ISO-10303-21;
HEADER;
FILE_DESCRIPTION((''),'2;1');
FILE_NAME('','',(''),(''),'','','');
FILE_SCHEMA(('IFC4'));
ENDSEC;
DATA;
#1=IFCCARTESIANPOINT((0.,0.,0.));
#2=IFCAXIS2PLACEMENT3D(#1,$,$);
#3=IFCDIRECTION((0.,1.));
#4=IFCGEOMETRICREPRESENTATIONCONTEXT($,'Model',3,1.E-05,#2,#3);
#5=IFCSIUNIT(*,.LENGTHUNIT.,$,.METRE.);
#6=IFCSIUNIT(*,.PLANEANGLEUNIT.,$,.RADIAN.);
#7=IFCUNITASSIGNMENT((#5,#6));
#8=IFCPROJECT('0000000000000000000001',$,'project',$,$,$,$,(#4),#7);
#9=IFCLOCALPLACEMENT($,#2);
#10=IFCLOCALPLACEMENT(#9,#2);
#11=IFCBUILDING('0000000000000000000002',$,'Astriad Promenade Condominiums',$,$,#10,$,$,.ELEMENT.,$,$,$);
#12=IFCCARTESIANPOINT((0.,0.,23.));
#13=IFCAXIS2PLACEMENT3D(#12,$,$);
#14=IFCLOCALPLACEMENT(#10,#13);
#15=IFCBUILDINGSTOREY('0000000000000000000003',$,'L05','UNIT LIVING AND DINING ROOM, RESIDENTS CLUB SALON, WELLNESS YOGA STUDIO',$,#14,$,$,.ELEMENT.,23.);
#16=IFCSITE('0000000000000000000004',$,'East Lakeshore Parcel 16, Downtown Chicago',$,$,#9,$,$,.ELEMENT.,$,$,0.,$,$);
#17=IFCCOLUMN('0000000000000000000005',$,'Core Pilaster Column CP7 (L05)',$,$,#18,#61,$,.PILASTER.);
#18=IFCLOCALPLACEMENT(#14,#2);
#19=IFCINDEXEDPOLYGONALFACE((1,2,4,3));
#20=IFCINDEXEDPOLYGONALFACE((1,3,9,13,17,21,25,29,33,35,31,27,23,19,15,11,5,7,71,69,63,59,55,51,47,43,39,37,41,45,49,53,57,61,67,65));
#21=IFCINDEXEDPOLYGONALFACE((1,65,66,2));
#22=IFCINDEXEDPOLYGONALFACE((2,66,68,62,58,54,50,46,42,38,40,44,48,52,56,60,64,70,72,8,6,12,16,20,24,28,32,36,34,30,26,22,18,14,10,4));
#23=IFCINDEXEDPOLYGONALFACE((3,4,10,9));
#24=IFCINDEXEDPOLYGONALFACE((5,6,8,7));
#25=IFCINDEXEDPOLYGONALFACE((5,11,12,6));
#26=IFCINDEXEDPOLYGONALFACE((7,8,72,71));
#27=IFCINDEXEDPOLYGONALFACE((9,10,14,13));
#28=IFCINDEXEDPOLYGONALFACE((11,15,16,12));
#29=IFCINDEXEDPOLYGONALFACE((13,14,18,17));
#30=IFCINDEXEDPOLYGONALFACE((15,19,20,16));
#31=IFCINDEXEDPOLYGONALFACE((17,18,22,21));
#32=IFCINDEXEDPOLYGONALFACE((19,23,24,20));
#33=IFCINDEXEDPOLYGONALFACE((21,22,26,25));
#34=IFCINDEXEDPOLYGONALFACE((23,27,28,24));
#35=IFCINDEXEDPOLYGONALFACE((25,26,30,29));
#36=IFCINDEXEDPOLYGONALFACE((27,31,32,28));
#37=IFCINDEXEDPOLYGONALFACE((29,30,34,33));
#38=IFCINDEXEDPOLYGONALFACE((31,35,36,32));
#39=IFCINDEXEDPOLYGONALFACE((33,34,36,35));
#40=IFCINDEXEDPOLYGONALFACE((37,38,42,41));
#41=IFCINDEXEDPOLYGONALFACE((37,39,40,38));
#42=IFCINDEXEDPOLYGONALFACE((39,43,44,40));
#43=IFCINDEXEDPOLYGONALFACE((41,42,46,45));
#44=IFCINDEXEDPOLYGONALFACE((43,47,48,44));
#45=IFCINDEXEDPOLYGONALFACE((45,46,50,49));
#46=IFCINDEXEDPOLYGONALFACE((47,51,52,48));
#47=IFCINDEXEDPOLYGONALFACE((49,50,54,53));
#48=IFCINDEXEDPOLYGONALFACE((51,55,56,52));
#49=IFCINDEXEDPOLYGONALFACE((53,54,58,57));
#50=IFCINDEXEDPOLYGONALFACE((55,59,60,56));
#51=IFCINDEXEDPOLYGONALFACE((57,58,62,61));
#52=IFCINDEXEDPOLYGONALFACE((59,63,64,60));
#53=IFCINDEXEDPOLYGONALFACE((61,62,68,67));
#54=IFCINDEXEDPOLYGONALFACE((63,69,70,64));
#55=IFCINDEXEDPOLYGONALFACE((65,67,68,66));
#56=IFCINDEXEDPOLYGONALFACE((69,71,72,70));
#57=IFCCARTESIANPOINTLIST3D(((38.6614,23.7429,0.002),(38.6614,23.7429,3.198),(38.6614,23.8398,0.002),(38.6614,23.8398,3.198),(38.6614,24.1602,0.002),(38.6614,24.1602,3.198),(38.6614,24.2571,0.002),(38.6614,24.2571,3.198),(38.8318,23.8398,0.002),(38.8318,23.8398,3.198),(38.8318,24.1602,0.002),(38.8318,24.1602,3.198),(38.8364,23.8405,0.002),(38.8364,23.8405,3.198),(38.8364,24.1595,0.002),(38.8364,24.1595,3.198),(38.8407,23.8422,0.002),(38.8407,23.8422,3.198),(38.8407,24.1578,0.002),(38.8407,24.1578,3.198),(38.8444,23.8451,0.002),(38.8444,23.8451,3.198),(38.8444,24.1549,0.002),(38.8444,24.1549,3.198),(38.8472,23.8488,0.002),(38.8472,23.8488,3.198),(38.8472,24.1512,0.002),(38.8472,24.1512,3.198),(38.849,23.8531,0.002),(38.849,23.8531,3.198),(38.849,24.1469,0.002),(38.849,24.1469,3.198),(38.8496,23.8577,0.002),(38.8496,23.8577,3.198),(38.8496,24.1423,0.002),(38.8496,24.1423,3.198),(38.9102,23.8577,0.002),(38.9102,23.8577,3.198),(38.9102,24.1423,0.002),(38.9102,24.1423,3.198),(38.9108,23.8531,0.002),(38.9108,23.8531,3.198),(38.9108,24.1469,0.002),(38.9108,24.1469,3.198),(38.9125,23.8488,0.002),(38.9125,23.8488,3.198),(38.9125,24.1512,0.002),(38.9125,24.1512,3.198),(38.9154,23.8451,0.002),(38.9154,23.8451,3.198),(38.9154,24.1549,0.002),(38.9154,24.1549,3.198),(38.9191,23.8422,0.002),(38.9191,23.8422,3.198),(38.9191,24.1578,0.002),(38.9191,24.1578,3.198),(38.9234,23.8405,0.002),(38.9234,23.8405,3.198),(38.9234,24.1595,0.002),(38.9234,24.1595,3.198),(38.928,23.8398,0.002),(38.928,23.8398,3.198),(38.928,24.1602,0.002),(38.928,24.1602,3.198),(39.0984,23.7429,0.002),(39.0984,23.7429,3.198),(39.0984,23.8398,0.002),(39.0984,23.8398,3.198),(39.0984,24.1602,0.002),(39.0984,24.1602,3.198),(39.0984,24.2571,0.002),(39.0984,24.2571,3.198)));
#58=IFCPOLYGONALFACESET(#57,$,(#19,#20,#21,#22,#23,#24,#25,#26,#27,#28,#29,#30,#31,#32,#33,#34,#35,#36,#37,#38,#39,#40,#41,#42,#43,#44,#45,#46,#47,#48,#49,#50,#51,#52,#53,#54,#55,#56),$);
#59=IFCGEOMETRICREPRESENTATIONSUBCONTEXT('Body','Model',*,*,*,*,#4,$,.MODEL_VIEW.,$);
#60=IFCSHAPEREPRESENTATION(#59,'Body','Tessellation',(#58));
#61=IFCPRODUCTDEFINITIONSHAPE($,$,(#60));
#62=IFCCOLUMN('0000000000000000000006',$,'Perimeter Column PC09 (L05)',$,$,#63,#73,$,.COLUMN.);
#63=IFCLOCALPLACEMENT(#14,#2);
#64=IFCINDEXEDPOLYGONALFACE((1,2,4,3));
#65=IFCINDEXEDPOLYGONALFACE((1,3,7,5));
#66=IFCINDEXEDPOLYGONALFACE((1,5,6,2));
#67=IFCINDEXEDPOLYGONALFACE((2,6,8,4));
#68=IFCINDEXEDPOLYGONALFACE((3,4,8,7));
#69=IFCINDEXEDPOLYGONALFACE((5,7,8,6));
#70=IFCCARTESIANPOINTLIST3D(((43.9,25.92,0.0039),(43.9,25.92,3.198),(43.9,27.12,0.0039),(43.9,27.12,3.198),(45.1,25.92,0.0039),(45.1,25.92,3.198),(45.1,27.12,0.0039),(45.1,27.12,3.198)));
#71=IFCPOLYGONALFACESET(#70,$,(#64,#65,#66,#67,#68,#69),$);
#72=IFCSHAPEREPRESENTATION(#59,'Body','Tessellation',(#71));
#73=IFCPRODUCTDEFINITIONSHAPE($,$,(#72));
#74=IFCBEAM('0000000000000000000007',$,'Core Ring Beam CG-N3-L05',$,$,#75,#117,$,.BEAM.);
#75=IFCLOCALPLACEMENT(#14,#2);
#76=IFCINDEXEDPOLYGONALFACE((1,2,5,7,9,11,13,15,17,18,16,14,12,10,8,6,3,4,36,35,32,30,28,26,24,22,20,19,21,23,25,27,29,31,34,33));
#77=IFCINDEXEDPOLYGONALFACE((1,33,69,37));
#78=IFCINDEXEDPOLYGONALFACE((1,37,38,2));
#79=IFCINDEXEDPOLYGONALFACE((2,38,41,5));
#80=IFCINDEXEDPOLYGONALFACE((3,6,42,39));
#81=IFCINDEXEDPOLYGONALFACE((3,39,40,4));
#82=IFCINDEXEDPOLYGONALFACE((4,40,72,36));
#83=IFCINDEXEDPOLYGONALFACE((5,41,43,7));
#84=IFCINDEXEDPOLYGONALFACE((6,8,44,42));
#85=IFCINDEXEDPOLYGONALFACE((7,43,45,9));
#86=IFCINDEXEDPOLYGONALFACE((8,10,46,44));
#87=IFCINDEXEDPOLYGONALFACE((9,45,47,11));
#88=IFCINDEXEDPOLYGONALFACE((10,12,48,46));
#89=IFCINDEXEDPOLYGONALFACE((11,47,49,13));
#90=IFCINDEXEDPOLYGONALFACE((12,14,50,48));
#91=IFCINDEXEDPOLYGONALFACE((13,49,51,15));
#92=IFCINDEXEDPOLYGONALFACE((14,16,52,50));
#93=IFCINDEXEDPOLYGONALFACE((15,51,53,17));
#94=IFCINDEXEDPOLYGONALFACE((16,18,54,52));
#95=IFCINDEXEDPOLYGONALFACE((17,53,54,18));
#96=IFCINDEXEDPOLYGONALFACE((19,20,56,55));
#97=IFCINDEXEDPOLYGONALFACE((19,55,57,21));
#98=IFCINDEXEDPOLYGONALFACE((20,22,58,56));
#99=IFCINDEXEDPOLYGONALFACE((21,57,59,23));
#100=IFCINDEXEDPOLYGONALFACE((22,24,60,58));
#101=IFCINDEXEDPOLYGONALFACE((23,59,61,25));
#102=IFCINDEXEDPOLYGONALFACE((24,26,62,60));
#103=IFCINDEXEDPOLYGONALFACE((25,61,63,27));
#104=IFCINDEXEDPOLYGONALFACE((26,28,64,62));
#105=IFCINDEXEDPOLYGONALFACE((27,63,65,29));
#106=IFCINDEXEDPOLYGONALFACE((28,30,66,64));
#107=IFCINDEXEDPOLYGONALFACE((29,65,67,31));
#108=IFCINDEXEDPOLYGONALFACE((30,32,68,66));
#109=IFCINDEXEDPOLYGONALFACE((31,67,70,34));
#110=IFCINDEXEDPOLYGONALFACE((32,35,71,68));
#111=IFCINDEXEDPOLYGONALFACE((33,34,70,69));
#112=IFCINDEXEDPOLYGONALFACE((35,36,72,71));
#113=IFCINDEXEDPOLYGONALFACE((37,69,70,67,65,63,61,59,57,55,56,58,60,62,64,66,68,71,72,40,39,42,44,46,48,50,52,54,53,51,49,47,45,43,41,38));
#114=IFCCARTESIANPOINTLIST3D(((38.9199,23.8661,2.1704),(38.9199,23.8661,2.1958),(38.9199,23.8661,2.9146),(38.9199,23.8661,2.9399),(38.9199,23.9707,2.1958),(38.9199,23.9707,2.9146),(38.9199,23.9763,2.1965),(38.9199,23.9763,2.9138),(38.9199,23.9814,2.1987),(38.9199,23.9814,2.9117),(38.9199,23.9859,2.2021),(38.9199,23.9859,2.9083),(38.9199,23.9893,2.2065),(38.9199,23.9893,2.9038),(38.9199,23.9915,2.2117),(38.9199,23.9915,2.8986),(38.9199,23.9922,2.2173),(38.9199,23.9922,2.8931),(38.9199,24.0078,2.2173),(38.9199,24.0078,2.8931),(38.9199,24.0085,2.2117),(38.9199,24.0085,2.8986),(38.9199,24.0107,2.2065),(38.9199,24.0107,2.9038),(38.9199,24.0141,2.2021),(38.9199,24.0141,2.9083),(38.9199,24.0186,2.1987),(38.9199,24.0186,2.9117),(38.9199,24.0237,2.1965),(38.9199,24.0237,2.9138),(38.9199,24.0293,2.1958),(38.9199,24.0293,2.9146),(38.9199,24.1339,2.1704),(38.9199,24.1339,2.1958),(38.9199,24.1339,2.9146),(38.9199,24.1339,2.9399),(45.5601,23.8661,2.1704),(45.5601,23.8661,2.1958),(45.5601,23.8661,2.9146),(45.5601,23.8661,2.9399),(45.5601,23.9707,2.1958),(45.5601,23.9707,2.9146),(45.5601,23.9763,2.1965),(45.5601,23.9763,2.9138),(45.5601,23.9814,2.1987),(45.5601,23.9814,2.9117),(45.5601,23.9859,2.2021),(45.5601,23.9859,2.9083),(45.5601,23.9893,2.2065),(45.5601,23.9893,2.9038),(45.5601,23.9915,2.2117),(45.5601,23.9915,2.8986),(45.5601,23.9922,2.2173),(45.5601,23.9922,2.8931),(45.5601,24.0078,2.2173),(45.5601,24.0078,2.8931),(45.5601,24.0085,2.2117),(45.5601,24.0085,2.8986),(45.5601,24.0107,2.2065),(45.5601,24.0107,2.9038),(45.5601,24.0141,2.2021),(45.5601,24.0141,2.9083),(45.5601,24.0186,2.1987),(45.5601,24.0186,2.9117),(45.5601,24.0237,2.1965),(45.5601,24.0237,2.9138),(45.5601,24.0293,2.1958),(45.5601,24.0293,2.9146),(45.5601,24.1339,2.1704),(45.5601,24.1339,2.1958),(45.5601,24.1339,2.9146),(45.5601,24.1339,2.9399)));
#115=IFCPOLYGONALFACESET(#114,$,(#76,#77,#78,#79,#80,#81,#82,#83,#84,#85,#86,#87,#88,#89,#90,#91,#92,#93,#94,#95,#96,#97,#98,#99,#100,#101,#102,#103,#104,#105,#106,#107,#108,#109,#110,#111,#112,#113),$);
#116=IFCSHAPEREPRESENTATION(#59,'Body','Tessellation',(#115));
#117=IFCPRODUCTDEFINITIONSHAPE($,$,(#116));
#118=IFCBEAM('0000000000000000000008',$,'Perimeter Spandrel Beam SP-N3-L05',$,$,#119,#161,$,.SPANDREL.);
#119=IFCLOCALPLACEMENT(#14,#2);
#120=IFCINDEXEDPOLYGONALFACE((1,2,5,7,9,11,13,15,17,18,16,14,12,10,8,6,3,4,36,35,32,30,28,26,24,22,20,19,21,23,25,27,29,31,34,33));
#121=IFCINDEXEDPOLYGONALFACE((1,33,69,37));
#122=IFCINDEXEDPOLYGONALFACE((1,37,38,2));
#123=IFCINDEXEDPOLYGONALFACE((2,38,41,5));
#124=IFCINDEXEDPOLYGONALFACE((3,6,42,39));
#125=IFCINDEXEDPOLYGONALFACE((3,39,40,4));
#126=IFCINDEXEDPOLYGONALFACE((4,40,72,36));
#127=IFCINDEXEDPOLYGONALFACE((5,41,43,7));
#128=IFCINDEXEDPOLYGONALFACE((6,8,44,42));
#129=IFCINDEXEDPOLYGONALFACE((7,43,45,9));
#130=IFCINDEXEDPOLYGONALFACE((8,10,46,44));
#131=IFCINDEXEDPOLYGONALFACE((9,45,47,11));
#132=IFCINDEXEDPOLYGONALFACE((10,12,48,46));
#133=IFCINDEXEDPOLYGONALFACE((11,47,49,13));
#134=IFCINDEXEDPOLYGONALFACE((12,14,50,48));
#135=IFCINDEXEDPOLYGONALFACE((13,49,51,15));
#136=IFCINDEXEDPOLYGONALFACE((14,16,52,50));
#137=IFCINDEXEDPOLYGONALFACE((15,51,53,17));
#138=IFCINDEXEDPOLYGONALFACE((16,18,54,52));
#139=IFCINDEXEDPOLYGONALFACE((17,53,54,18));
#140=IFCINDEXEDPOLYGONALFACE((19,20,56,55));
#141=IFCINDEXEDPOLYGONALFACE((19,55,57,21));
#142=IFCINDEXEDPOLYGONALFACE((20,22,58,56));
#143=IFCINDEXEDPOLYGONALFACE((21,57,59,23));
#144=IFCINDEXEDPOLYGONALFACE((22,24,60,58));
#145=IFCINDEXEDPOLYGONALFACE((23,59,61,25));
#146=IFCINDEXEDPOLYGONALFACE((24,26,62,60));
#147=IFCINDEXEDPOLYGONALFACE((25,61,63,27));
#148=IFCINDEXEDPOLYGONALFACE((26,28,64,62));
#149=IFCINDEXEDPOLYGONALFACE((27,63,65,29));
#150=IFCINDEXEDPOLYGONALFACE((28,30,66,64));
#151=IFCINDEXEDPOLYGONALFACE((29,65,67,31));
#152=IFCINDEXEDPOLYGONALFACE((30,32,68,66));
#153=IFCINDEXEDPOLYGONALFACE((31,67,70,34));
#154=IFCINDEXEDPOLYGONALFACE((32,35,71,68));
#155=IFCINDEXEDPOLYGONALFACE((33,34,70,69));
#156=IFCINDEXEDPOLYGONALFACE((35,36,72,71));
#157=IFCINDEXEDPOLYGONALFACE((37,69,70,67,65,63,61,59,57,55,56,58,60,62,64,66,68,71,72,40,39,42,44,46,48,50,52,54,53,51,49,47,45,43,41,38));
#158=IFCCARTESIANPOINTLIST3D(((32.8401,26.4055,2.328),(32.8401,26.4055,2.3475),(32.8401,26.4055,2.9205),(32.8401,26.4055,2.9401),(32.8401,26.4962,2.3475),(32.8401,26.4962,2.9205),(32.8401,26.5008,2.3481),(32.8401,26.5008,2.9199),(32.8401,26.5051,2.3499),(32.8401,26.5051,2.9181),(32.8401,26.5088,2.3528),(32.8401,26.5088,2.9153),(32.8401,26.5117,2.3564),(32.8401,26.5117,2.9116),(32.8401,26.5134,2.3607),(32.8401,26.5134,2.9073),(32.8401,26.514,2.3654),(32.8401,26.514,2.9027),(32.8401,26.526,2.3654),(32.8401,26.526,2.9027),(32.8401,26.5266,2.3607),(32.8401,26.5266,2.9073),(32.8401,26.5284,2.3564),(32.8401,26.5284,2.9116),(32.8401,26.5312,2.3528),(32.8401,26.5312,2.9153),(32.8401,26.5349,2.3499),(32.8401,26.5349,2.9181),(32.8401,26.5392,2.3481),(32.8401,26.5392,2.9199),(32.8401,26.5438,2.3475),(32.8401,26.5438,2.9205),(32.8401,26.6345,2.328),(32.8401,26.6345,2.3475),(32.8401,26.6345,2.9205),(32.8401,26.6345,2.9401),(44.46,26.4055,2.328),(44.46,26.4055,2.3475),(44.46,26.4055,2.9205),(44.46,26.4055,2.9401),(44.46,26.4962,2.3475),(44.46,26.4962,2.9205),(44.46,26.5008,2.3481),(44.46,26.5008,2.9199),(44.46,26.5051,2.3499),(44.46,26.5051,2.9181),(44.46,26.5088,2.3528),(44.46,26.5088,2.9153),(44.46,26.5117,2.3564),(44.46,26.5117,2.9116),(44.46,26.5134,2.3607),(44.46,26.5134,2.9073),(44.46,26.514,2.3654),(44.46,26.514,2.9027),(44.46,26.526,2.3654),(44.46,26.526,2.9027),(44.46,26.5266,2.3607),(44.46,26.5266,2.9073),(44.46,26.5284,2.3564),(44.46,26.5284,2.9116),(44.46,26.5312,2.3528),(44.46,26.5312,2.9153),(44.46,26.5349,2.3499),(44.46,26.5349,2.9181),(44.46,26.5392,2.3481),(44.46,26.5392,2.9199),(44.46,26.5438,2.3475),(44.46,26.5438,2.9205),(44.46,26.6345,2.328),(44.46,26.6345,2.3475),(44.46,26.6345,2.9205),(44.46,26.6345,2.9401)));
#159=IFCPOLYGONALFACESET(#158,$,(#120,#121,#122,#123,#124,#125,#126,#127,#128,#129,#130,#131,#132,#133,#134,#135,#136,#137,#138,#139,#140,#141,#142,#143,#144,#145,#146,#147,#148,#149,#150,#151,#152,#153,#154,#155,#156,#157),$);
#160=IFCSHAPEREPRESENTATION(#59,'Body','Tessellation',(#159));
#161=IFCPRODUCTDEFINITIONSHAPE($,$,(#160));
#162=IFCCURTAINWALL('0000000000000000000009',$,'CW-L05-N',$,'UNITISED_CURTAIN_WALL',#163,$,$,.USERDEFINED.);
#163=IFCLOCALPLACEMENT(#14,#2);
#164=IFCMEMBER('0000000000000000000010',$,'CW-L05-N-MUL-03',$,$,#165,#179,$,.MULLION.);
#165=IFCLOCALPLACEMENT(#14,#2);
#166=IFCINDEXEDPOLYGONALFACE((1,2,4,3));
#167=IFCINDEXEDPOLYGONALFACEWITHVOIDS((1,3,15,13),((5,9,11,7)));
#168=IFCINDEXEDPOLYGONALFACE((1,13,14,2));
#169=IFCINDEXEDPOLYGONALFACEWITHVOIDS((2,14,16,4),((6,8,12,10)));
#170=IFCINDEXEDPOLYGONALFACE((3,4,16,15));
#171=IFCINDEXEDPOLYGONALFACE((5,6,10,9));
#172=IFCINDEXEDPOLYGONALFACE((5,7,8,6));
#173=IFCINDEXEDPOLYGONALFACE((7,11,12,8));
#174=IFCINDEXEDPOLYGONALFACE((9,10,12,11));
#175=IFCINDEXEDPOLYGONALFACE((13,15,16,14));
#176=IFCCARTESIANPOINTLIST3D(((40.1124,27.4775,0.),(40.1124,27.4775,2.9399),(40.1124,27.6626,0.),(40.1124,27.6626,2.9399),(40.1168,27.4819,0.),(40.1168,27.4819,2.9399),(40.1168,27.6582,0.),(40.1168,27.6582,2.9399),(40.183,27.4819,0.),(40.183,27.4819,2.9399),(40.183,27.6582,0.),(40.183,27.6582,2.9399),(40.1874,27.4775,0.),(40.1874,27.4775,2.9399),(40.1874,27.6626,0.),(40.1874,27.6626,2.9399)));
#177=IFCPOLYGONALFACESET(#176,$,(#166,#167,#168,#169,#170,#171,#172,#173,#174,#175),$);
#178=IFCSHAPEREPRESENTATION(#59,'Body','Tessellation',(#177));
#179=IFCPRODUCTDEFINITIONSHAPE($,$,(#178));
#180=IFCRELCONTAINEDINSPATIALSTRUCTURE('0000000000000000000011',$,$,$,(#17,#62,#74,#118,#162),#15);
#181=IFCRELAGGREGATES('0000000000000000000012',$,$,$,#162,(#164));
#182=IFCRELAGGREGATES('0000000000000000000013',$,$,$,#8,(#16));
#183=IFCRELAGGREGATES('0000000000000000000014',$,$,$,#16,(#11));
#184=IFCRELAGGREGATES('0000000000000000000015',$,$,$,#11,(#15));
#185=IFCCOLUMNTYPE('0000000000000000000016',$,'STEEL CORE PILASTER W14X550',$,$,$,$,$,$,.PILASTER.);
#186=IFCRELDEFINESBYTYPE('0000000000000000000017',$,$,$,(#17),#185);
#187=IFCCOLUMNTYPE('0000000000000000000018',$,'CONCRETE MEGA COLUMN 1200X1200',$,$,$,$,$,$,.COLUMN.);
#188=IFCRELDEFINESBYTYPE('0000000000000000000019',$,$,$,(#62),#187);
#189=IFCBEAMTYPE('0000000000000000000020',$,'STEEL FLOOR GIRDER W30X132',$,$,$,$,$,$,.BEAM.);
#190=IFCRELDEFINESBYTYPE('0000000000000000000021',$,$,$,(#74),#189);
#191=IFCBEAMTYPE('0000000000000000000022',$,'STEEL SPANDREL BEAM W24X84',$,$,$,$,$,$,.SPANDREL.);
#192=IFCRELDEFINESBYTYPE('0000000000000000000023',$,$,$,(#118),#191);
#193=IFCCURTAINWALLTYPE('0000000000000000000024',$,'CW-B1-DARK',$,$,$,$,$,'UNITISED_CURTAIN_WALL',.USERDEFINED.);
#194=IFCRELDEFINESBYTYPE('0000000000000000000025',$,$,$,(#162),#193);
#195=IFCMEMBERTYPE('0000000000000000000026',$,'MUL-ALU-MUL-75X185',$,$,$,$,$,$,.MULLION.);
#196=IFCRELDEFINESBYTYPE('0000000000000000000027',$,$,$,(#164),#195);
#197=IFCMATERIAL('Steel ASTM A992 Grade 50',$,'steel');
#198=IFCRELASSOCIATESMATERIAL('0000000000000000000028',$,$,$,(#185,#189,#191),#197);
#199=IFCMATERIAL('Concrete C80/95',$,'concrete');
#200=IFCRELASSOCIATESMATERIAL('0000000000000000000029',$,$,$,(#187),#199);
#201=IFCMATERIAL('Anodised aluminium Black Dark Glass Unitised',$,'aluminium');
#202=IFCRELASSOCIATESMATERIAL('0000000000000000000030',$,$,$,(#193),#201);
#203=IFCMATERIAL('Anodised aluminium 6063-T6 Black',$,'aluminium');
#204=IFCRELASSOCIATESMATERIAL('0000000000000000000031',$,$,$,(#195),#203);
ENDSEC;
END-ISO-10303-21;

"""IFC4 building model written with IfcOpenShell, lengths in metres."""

from ifc_helpers import new_model, si_unit, direction, frame, origin, origin_2d, place, context, subcontext, project, spatial, rectangle, hollow_rectangle, i_section, extrude, source, transform, mapped, material, material_profile, profile_set, type_object, type_shapes, element, aggregate, save


model = new_model("IFC4")

# Units and contexts
model_context = context("Model", 3, precision=1e-05, world=origin(), true_north=direction((0.0, 1.0)))
body_context = subcontext(model_context, "Body", "Model", "MODEL_VIEW")
ifc_project = project(units=[si_unit("LENGTHUNIT", "METRE"), si_unit("PLANEANGLEUNIT", "RADIAN")], contexts=[model_context])

# Site, building, storey
site_placement = place(None, origin())
site = spatial("IfcSite", under=ifc_project, at=site_placement, Name="East Lakeshore Parcel 16, Downtown Chicago", CompositionType="ELEMENT", RefElevation=0.0)
building_placement = place(site_placement, origin())
building = spatial("IfcBuilding", under=site, at=building_placement, Name="Astriad Promenade Condominiums", CompositionType="ELEMENT")
storey_placement = place(building_placement, frame((0.0, 0.0, 23.0)))
storey = spatial("IfcBuildingStorey", under=building, at=storey_placement, Name="L05", Description="UNIT LIVING AND DINING ROOM, RESIDENTS CLUB SALON, WELLNESS YOGA STUDIO", CompositionType="ELEMENT", Elevation=23.0)

# Columns
ifc_material_1 = material(Name="Steel ASTM A992 Grade 50", Category="steel")
ifc_material_profile_1 = material_profile(ifc_material_1, i_section(OverallWidth=0.437, OverallDepth=0.5142, WebThickness=0.0605, FlangeThickness=0.0969, FilletRadius=0.0178, at=origin_2d()), Name="W14X550")
ifc_profile_set_1 = profile_set([ifc_material_profile_1], Name="Steel ASTM A992 Grade 50")
column_type_1 = type_object("IfcColumnType", Name="STEEL CORE PILASTER W14X550", PredefinedType="PILASTER", material=ifc_profile_set_1)
shared_shape_1 = source(origin(), body_context, "Body", "SweptSolid", [
    extrude(i_section(OverallWidth=0.437, OverallDepth=0.5142, WebThickness=0.0605, FlangeThickness=0.0969, FilletRadius=0.0178, at=origin_2d()), origin(), (0.0, 0.0, 1.0), 3.196),
])
type_shapes(column_type_1, [shared_shape_1])
column_1_placement = place(storey_placement, frame((38.8799, 24.0, 0.002), z_axis=(0.0, 0.0, 1.0), x_axis=(1.0, 0.0, 0.0)))
element("IfcColumn", 1, at=column_1_placement, inside=storey, type_object=column_type_1, Name="Core Pilaster Column CP7 (L05)", PredefinedType="PILASTER", context=body_context, shape_type="MappedRepresentation", body=[
    mapped(shared_shape_1, transform((0.0, 0.0, 0.0), scale=1.0)),
])
ifc_material_2 = material(Name="Concrete C80/95", Category="concrete")
ifc_material_profile_2 = material_profile(ifc_material_2, rectangle(XDim=1.2, YDim=1.2, at=origin_2d()), Name="RC-COL-1200X1200")
ifc_profile_set_2 = profile_set([ifc_material_profile_2], Name="Concrete C80/95")
column_type_2 = type_object("IfcColumnType", Name="CONCRETE MEGA COLUMN 1200X1200", PredefinedType="COLUMN", material=ifc_profile_set_2)
shared_shape_2 = source(origin(), body_context, "Body", "SweptSolid", [
    extrude(rectangle(XDim=1.2, YDim=1.2, at=origin_2d()), origin(), (0.0, 0.0, 1.0), 3.1941),
])
type_shapes(column_type_2, [shared_shape_2])
column_2_placement = place(storey_placement, frame((44.5, 26.52, 0.0039), z_axis=(0.0, 0.0, 1.0), x_axis=(1.0, 0.0, 0.0)))
element("IfcColumn", 2, at=column_2_placement, inside=storey, type_object=column_type_2, Name="Perimeter Column PC09 (L05)", PredefinedType="COLUMN", context=body_context, shape_type="MappedRepresentation", body=[
    mapped(shared_shape_2, transform((0.0, 0.0, 0.0), scale=1.0)),
])

# Beams
ifc_material_profile_3 = material_profile(ifc_material_1, i_section(OverallWidth=0.2678, OverallDepth=0.7695, WebThickness=0.0156, FlangeThickness=0.0254, FilletRadius=0.0215, at=origin_2d()), Name="W30X132")
ifc_profile_set_3 = profile_set([ifc_material_profile_3], Name="Steel ASTM A992 Grade 50")
beam_type_1 = type_object("IfcBeamType", Name="STEEL FLOOR GIRDER W30X132", PredefinedType="BEAM", material=ifc_profile_set_3)
shared_shape_3 = source(origin(), body_context, "Body", "SweptSolid", [
    extrude(i_section(OverallWidth=0.2678, OverallDepth=0.7695, WebThickness=0.0156, FlangeThickness=0.0254, FilletRadius=0.0215, at=origin_2d()), origin(), (0.0, 0.0, 1.0), 6.6401),
])
type_shapes(beam_type_1, [shared_shape_3])
beam_1_placement = place(storey_placement, frame((38.9199, 24.0, 2.5552), z_axis=(1.0, 0.0, 0.0), x_axis=(0.0, 1.0, 0.0)))
element("IfcBeam", 3, at=beam_1_placement, inside=storey, type_object=beam_type_1, Name="Core Ring Beam CG-N3-L05", PredefinedType="BEAM", context=body_context, shape_type="MappedRepresentation", body=[
    mapped(shared_shape_3, transform((0.0, 0.0, 0.0), scale=1.0)),
])
ifc_material_profile_4 = material_profile(ifc_material_1, i_section(OverallWidth=0.229, OverallDepth=0.6121, WebThickness=0.012, FlangeThickness=0.0195, FilletRadius=0.0178, at=origin_2d()), Name="W24X84")
ifc_profile_set_4 = profile_set([ifc_material_profile_4], Name="Steel ASTM A992 Grade 50")
beam_type_2 = type_object("IfcBeamType", Name="STEEL SPANDREL BEAM W24X84", PredefinedType="SPANDREL", material=ifc_profile_set_4)
shared_shape_4 = source(origin(), body_context, "Body", "SweptSolid", [
    extrude(i_section(OverallWidth=0.229, OverallDepth=0.6121, WebThickness=0.012, FlangeThickness=0.0195, FilletRadius=0.0178, at=origin_2d()), origin(), (0.0, 0.0, 1.0), 11.6199),
])
type_shapes(beam_type_2, [shared_shape_4])
beam_2_placement = place(storey_placement, frame((44.46, 26.52, 2.634), z_axis=(-1.0, 0.0, 0.0), x_axis=(0.0, -1.0, 0.0)))
element("IfcBeam", 4, at=beam_2_placement, inside=storey, type_object=beam_type_2, Name="Perimeter Spandrel Beam SP-N3-L05", PredefinedType="SPANDREL", context=body_context, shape_type="MappedRepresentation", body=[
    mapped(shared_shape_4, transform((0.0, 0.0, 0.0), scale=1.0)),
])

# Curtain wall, member
ifc_material_3 = material(Name="Anodised aluminium Black Dark Glass Unitised", Category="aluminium")
curtain_wall_type = type_object("IfcCurtainWallType", Name="CW-B1-DARK", ElementType="UNITISED_CURTAIN_WALL", PredefinedType="USERDEFINED", material=ifc_material_3)
curtain_wall_placement = place(storey_placement, origin())
curtain_wall = element("IfcCurtainWall", 5, at=curtain_wall_placement, inside=storey, type_object=curtain_wall_type, Name="CW-L05-N", ObjectType="UNITISED_CURTAIN_WALL", PredefinedType="USERDEFINED")
ifc_material_4 = material(Name="Anodised aluminium 6063-T6 Black", Category="aluminium")
ifc_material_profile_5 = material_profile(ifc_material_4, hollow_rectangle(XDim=0.075, YDim=0.1851, WallThickness=0.0044, at=origin_2d()), Name="ALU-MUL-75X185")
ifc_profile_set_5 = profile_set([ifc_material_profile_5], Name="Anodised aluminium 6063-T6 Black")
member_type = type_object("IfcMemberType", Name="MUL-ALU-MUL-75X185", PredefinedType="MULLION", material=ifc_profile_set_5)
shared_shape_5 = source(origin(), body_context, "Body", "SweptSolid", [
    extrude(hollow_rectangle(XDim=0.075, YDim=0.1851, WallThickness=0.0044, at=origin_2d()), origin(), (0.0, 0.0, 1.0), 2.9399),
])
type_shapes(member_type, [shared_shape_5])
member_placement = place(storey_placement, frame((40.1499, 27.5701, 0.0), z_axis=(0.0, 0.0, 1.0), x_axis=(1.0, 0.0, 0.0)))
member = element("IfcMember", 6, at=member_placement, type_object=member_type, Name="CW-L05-N-MUL-03", PredefinedType="MULLION", context=body_context, shape_type="MappedRepresentation", body=[
    mapped(shared_shape_5, transform((0.0, 0.0, 0.0), scale=1.0)),
])
aggregate(curtain_wall, [member])

save(model, "model.ifc")
